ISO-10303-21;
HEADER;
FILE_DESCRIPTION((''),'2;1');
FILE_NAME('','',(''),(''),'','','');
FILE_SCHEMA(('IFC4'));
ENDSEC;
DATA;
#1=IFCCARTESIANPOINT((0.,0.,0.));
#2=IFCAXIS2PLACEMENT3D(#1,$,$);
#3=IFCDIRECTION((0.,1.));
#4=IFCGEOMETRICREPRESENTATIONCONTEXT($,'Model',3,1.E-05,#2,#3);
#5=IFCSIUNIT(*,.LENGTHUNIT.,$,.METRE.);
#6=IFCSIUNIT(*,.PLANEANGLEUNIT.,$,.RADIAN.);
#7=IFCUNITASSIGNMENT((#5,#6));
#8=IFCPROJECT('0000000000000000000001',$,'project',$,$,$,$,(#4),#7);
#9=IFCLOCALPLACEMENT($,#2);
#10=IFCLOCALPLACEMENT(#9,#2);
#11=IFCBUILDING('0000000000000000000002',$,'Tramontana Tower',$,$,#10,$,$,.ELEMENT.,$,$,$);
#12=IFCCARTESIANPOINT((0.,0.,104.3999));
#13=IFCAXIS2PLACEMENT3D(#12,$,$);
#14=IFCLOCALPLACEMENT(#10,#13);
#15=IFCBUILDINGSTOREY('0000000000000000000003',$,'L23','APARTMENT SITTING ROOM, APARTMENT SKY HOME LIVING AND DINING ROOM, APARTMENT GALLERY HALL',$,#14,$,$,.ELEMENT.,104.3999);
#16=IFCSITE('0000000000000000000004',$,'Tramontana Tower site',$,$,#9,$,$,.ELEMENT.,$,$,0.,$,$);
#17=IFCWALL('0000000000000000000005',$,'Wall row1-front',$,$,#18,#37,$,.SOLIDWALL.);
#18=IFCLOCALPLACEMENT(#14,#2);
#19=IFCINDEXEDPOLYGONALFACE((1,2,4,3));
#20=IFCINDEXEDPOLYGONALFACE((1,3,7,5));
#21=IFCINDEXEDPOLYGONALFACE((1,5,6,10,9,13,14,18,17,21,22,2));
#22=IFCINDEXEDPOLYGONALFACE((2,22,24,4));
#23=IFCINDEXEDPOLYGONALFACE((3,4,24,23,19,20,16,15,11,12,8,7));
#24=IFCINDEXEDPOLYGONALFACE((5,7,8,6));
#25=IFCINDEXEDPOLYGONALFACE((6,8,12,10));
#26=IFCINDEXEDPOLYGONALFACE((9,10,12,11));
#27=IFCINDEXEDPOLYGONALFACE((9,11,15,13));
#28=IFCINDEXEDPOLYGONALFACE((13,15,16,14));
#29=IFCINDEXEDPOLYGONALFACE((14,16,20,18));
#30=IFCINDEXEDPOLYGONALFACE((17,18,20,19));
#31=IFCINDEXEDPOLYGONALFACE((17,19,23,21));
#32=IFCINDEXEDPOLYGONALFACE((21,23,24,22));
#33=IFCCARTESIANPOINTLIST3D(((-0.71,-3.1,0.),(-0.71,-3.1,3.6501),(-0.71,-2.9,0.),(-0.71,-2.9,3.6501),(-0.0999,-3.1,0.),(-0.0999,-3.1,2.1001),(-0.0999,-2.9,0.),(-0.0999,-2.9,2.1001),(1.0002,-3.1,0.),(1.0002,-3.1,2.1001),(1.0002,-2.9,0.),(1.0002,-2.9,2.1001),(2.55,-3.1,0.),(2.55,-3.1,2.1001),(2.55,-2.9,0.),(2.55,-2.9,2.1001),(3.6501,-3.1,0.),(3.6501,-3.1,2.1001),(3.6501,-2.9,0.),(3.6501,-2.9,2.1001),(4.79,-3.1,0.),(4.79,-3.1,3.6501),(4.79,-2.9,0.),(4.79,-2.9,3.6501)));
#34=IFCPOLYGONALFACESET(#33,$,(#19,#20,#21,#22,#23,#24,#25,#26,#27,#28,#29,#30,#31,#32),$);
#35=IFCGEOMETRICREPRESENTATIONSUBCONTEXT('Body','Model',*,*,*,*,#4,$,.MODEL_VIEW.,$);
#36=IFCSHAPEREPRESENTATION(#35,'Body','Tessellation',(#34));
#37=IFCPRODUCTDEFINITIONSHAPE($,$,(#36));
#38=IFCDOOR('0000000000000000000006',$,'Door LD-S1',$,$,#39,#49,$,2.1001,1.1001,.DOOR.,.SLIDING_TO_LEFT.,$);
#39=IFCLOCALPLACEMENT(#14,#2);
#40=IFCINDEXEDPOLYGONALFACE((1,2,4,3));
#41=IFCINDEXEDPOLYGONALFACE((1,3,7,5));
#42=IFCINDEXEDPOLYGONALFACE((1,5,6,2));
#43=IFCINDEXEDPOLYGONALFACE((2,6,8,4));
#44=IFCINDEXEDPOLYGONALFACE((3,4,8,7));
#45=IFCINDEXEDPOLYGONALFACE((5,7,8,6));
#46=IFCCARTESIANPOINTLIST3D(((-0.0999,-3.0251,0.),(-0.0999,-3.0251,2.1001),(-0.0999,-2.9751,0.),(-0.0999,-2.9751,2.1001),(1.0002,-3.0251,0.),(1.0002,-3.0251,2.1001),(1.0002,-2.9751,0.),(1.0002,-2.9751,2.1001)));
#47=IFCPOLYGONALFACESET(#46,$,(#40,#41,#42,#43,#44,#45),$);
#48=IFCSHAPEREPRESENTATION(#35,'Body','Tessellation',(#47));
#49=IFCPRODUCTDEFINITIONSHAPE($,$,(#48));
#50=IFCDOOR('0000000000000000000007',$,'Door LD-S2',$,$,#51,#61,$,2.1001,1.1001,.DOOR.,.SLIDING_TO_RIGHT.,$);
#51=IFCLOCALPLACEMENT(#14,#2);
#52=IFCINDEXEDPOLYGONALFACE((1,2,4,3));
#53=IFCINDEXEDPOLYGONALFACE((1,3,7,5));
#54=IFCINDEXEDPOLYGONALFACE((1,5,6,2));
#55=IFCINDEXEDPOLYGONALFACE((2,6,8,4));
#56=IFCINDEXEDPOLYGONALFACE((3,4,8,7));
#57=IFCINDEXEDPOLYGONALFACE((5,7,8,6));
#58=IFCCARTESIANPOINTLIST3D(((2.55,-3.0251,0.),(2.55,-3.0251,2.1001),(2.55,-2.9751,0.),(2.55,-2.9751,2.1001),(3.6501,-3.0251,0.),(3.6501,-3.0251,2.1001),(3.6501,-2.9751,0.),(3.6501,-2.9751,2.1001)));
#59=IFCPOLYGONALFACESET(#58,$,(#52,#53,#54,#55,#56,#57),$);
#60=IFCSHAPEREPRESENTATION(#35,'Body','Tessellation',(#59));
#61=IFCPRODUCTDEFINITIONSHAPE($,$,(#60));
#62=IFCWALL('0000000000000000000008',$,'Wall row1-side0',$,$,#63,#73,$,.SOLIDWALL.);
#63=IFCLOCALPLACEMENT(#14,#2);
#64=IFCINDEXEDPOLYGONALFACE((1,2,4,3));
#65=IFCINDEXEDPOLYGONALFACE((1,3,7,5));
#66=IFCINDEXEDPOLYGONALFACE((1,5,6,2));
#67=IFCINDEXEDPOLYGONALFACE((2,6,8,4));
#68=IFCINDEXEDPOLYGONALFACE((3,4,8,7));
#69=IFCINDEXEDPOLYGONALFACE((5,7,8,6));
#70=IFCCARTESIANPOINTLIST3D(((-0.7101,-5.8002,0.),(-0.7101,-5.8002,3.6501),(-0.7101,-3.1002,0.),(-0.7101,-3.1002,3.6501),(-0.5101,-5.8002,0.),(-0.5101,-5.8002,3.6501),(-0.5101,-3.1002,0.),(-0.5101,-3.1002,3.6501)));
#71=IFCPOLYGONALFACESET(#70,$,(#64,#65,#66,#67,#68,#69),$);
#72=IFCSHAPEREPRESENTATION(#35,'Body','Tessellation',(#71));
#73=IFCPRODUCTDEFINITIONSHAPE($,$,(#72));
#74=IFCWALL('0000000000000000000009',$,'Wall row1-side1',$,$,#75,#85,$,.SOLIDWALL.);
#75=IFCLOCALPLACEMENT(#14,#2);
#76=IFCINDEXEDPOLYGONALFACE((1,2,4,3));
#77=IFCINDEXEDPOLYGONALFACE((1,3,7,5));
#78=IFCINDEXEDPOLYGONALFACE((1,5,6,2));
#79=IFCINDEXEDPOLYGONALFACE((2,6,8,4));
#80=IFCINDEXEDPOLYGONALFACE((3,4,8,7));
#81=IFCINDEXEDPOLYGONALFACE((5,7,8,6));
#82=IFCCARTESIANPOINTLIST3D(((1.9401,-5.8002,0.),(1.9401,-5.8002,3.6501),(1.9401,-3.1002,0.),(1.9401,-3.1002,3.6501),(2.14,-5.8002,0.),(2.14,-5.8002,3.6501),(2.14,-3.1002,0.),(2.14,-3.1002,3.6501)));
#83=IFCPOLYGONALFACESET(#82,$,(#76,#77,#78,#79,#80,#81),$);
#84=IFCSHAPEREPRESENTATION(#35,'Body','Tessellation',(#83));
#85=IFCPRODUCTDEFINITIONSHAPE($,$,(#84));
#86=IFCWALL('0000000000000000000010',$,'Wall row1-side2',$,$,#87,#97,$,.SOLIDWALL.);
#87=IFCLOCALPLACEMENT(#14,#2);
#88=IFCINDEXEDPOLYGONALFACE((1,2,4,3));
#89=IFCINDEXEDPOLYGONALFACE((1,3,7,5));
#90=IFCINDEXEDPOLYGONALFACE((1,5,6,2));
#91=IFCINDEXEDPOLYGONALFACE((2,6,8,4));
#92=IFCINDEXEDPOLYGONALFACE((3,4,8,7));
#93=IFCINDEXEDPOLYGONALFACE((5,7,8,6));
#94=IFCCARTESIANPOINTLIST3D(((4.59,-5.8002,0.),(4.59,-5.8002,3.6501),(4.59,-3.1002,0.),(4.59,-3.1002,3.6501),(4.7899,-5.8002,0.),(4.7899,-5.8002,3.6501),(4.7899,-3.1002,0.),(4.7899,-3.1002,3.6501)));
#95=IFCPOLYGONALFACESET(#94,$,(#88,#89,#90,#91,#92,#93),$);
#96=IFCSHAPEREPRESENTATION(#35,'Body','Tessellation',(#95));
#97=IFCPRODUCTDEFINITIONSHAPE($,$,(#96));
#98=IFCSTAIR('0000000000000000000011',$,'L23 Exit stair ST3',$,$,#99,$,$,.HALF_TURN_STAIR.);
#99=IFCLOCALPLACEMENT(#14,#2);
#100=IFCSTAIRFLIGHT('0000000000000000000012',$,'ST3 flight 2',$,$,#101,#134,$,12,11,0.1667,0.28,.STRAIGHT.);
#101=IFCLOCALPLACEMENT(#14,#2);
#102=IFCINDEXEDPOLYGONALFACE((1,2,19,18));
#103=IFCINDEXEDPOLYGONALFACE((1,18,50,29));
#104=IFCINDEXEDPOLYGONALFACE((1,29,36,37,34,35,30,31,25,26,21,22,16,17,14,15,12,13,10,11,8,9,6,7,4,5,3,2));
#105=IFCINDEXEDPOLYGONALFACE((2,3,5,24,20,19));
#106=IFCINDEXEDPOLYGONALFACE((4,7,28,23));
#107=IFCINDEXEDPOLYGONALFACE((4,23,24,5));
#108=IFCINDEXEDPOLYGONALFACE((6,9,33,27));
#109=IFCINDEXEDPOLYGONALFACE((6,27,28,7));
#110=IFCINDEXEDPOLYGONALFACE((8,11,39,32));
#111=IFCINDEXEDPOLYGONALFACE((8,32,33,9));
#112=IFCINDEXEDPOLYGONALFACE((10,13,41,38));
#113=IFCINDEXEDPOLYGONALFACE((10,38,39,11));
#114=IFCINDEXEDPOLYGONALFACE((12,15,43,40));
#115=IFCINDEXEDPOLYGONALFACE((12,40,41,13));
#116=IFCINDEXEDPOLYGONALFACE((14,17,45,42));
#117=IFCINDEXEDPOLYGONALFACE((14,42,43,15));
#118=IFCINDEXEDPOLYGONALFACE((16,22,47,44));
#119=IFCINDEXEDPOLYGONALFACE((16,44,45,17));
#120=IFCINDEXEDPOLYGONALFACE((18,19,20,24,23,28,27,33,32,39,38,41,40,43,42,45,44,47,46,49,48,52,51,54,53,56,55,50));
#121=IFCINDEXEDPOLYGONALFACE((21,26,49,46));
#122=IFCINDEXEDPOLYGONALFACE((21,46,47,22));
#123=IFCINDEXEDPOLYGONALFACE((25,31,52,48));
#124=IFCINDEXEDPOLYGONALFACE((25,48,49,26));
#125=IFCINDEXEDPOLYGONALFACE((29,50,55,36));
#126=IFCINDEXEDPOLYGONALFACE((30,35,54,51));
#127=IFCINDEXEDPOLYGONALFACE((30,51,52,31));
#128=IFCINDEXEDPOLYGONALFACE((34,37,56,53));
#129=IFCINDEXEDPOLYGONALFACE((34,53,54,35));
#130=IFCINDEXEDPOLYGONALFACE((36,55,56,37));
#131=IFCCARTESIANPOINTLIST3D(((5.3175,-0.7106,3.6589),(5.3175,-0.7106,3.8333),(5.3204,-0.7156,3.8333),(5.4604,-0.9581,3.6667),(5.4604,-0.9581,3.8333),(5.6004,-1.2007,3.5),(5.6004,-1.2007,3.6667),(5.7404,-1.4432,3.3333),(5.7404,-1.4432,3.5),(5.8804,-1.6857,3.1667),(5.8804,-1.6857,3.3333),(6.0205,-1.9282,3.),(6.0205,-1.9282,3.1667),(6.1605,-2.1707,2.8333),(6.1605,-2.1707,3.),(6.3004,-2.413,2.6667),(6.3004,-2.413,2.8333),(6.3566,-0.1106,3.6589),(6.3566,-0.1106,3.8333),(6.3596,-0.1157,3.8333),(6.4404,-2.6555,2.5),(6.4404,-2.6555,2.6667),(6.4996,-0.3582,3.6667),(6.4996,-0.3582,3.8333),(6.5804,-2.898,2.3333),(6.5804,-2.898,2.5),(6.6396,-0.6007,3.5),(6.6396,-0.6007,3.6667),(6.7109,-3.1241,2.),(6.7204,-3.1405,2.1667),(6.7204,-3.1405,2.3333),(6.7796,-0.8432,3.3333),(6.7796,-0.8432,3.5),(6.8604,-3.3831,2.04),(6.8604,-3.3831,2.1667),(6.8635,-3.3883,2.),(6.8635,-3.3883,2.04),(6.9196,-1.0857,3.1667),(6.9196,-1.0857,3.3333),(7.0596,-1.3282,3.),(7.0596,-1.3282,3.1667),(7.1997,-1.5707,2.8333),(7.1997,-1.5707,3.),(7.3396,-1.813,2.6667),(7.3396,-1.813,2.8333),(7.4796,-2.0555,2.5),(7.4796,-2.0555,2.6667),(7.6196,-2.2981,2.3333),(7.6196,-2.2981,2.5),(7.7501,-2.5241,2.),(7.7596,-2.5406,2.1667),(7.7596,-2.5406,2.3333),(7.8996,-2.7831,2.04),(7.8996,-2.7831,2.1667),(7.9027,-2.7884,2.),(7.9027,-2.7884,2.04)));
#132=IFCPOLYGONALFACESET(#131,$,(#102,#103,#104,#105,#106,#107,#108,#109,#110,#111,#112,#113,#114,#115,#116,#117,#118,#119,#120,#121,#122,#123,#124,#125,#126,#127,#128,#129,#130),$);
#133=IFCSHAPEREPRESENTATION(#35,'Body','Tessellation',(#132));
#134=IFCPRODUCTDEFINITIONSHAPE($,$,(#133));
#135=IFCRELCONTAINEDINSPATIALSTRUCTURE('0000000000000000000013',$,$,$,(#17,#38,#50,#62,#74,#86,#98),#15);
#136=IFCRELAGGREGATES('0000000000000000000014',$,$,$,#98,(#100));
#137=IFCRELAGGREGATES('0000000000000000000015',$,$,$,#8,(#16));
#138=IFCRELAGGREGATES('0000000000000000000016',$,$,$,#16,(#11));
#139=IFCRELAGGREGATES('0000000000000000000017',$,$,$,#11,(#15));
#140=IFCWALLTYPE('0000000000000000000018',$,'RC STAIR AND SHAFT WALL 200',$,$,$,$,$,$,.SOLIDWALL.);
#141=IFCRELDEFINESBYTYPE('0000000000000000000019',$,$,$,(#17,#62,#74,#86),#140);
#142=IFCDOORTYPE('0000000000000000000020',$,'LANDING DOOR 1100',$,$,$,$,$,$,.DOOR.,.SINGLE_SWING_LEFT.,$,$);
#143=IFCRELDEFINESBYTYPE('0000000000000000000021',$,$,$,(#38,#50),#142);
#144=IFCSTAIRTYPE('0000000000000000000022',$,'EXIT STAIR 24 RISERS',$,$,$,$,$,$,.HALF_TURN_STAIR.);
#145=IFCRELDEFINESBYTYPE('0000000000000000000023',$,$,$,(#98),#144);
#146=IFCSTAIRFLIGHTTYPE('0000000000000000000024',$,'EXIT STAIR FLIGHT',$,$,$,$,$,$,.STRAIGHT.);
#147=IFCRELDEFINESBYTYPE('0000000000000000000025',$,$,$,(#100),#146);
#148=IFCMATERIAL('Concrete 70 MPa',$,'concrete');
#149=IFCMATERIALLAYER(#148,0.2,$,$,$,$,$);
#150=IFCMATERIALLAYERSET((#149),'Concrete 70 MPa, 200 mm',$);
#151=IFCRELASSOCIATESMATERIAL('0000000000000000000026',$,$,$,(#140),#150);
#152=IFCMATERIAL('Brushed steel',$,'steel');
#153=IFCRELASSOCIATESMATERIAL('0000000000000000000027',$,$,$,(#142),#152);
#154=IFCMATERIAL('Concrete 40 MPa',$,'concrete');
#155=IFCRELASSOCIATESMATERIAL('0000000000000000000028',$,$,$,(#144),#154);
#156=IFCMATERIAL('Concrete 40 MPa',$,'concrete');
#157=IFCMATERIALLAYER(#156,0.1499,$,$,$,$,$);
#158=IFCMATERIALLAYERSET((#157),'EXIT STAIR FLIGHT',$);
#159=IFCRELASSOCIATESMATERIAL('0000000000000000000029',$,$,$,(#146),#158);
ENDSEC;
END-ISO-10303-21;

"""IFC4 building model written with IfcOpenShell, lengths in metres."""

from ifc_helpers import new_model, si_unit, direction, frame, frame_2d, origin, place, context, subcontext, project, spatial, polyline, rectangle, outline, extrude, material, layer, layer_set, type_object, element, fill, aggregate, save


model = new_model("IFC4")

# Units and contexts
model_context = context("Model", 3, precision=1e-05, world=origin(), true_north=direction((0.0, 1.0)))
body_context = subcontext(model_context, "Body", "Model", "MODEL_VIEW")
ifc_project = project(units=[si_unit("LENGTHUNIT", "METRE"), si_unit("PLANEANGLEUNIT", "RADIAN")], contexts=[model_context])

# Site, building, storey
site_placement = place(None, origin())
site = spatial("IfcSite", under=ifc_project, at=site_placement, Name="Tramontana Tower site", CompositionType="ELEMENT", RefElevation=0.0)
building_placement = place(site_placement, origin())
building = spatial("IfcBuilding", under=site, at=building_placement, Name="Tramontana Tower", CompositionType="ELEMENT")
storey_placement = place(building_placement, frame((0.0, 0.0, 104.3999)))
storey = spatial("IfcBuildingStorey", under=building, at=storey_placement, Name="L23", Description="APARTMENT SITTING ROOM, APARTMENT SKY HOME LIVING AND DINING ROOM, APARTMENT GALLERY HALL", CompositionType="ELEMENT", Elevation=104.3999)

# Shared definitions
ifc_material_1 = material(Name="Concrete 70 MPa", Category="concrete")
ifc_layer_1 = layer(ifc_material_1, 0.2)
ifc_layer_set_1 = layer_set([ifc_layer_1], Name="Concrete 70 MPa, 200 mm")
wall_type_1 = type_object("IfcWallType", Name="RC STAIR AND SHAFT WALL 200", PredefinedType="SOLIDWALL", material=ifc_layer_set_1)

# Wall, openings, doors
wall_1_placement = place(storey_placement, frame((-0.71, -3.0, 0.0), z_axis=(0.0, 0.0, 1.0), x_axis=(1.0, 0.0, 0.0)))
wall_1 = element("IfcWall", 1, at=wall_1_placement, inside=storey, type_object=wall_type_1, Name="Wall row1-front", PredefinedType="SOLIDWALL", context=body_context, shape_type="SweptSolid", body=[
    extrude(rectangle(XDim=5.5, YDim=0.2, at=frame_2d((2.75, 0.0))), origin(), (0.0, 0.0, 1.0), 3.6501),
])
opening_1_placement = place(wall_1_placement, frame((0.6101, 0.0, 0.0)))
opening_1 = element("IfcOpeningElement", 2, at=opening_1_placement, cuts=wall_1, PredefinedType="OPENING", context=body_context, shape_type="SweptSolid", body=[
    extrude(rectangle(XDim=1.1001, YDim=2.1001, at=frame_2d((0.55, 1.05))), frame((0.0, 0.1099, 0.0), z_axis=(0.0, -1.0, 0.0), x_axis=(1.0, 0.0, 0.0)), (0.0, 0.0, 1.0), 0.22),
])
opening_2_placement = place(wall_1_placement, frame((3.26, 0.0, 0.0)))
opening_2 = element("IfcOpeningElement", 3, at=opening_2_placement, cuts=wall_1, PredefinedType="OPENING", context=body_context, shape_type="SweptSolid", body=[
    extrude(rectangle(XDim=1.1001, YDim=2.1001, at=frame_2d((0.55, 1.05))), frame((0.0, 0.1099, 0.0), z_axis=(0.0, -1.0, 0.0), x_axis=(1.0, 0.0, 0.0)), (0.0, 0.0, 1.0), 0.22),
])
ifc_material_2 = material(Name="Brushed steel", Category="steel")
door_type_1 = type_object("IfcDoorType", Name="LANDING DOOR 1100", OperationType="SINGLE_SWING_LEFT", PredefinedType="DOOR", material=ifc_material_2)
door_1_placement = place(opening_1_placement, origin())
door_1 = element("IfcDoor", 4, at=door_1_placement, inside=storey, type_object=door_type_1, Name="Door LD-S1", OperationType="SLIDING_TO_LEFT", OverallHeight=2.1001, OverallWidth=1.1001, PredefinedType="DOOR", context=body_context, shape_type="SweptSolid", body=[
    extrude(rectangle(XDim=1.1001, YDim=2.1001, at=frame_2d((0.55, 1.05))), frame((0.0, 0.0249, 0.0), z_axis=(0.0, -1.0, 0.0), x_axis=(1.0, 0.0, 0.0)), (0.0, 0.0, 1.0), 0.05),
])
fill(opening_1, door_1)
door_2_placement = place(opening_2_placement, origin())
door_2 = element("IfcDoor", 5, at=door_2_placement, inside=storey, type_object=door_type_1, Name="Door LD-S2", OperationType="SLIDING_TO_RIGHT", OverallHeight=2.1001, OverallWidth=1.1001, PredefinedType="DOOR", context=body_context, shape_type="SweptSolid", body=[
    extrude(rectangle(XDim=1.1001, YDim=2.1001, at=frame_2d((0.55, 1.05))), frame((0.0, 0.0249, 0.0), z_axis=(0.0, -1.0, 0.0), x_axis=(1.0, 0.0, 0.0)), (0.0, 0.0, 1.0), 0.05),
])
fill(opening_2, door_2)

# Walls
for number, where, z_axis, x_axis, name in (
    (6, (-0.6101, -3.1001, 0.0), (0.0, 0.0, 1.0), (0.0, -1.0, 0.0), "Wall row1-side0"),
    (7, (2.04, -3.1001, 0.0), (0.0, 0.0, 1.0), (0.0, -1.0, 0.0), "Wall row1-side1"),
    (8, (4.6899, -3.1001, 0.0), (0.0, 0.0, 1.0), (0.0, -1.0, 0.0), "Wall row1-side2"),
):
    element("IfcWall", number, at=place(storey_placement, frame(where, z_axis=z_axis, x_axis=x_axis)), inside=storey, type_object=wall_type_1, Name=name, PredefinedType="SOLIDWALL", context=body_context, shape_type="SweptSolid", body=[
        extrude(rectangle(XDim=2.7, YDim=0.2, at=frame_2d((1.3501, 0.0))), origin(), (0.0, 0.0, 1.0), 3.6501),
    ])

# Stair, stair flight
ifc_material_3 = material(Name="Concrete 40 MPa", Category="concrete")
stair_type = type_object("IfcStairType", Name="EXIT STAIR 24 RISERS", PredefinedType="HALF_TURN_STAIR", material=ifc_material_3)
stair_placement = place(storey_placement, origin())
stair = element("IfcStair", 9, at=stair_placement, inside=storey, type_object=stair_type, Name="L23 Exit stair ST3", PredefinedType="HALF_TURN_STAIR")
ifc_material_4 = material(Name="Concrete 40 MPa", Category="concrete")
ifc_layer_2 = layer(ifc_material_4, 0.1499)
ifc_layer_set_2 = layer_set([ifc_layer_2], Name="EXIT STAIR FLIGHT")
stair_flight_type = type_object("IfcStairFlightType", Name="EXIT STAIR FLIGHT", PredefinedType="STRAIGHT", material=ifc_layer_set_2)
stair_flight_placement = place(storey_placement, frame((7.3801, -3.083, 2.0), z_axis=(0.0, 0.0, 1.0), x_axis=(-0.5, 0.866025, 0.0)))
stair_flight = element("IfcStairFlight", 10, at=stair_flight_placement, type_object=stair_flight_type, Name="ST3 flight 2", NumberOfRisers=12, NumberOfTreads=11, PredefinedType="STRAIGHT", RiserHeight=0.1667, TreadLength=0.28, context=body_context, shape_type="SweptSolid", body=[
    extrude(outline(polyline([(-0.0061, 0.0), (-0.0061, 0.04), (0.0, 0.04), (0.0, 0.1667), (0.28, 0.1667), (0.28, 0.3333), (0.5601, 0.3333), (0.5601, 0.5), (0.8401, 0.5), (0.8401, 0.6667), (1.1201, 0.6667), (1.1201, 0.8333), (1.3999, 0.8333), (1.3999, 1.0), (1.6799, 1.0), (1.6799, 1.1667), (1.96, 1.1667), (1.96, 1.3333), (2.24, 1.3333), (2.24, 1.5), (2.52, 1.5), (2.52, 1.6667), (2.8, 1.6667), (2.8, 1.8333), (3.0801, 1.8333), (3.0859, 1.8333), (3.0859, 1.6589), (0.2991, 0.0), (-0.0061, 0.0)])), frame((0.0, 0.6001, 0.0), z_axis=(0.0, -1.0, 0.0), x_axis=(1.0, 0.0, 0.0)), (0.0, 0.0, 1.0), 1.2),
])
aggregate(stair, [stair_flight])

save(model, "model.ifc")
